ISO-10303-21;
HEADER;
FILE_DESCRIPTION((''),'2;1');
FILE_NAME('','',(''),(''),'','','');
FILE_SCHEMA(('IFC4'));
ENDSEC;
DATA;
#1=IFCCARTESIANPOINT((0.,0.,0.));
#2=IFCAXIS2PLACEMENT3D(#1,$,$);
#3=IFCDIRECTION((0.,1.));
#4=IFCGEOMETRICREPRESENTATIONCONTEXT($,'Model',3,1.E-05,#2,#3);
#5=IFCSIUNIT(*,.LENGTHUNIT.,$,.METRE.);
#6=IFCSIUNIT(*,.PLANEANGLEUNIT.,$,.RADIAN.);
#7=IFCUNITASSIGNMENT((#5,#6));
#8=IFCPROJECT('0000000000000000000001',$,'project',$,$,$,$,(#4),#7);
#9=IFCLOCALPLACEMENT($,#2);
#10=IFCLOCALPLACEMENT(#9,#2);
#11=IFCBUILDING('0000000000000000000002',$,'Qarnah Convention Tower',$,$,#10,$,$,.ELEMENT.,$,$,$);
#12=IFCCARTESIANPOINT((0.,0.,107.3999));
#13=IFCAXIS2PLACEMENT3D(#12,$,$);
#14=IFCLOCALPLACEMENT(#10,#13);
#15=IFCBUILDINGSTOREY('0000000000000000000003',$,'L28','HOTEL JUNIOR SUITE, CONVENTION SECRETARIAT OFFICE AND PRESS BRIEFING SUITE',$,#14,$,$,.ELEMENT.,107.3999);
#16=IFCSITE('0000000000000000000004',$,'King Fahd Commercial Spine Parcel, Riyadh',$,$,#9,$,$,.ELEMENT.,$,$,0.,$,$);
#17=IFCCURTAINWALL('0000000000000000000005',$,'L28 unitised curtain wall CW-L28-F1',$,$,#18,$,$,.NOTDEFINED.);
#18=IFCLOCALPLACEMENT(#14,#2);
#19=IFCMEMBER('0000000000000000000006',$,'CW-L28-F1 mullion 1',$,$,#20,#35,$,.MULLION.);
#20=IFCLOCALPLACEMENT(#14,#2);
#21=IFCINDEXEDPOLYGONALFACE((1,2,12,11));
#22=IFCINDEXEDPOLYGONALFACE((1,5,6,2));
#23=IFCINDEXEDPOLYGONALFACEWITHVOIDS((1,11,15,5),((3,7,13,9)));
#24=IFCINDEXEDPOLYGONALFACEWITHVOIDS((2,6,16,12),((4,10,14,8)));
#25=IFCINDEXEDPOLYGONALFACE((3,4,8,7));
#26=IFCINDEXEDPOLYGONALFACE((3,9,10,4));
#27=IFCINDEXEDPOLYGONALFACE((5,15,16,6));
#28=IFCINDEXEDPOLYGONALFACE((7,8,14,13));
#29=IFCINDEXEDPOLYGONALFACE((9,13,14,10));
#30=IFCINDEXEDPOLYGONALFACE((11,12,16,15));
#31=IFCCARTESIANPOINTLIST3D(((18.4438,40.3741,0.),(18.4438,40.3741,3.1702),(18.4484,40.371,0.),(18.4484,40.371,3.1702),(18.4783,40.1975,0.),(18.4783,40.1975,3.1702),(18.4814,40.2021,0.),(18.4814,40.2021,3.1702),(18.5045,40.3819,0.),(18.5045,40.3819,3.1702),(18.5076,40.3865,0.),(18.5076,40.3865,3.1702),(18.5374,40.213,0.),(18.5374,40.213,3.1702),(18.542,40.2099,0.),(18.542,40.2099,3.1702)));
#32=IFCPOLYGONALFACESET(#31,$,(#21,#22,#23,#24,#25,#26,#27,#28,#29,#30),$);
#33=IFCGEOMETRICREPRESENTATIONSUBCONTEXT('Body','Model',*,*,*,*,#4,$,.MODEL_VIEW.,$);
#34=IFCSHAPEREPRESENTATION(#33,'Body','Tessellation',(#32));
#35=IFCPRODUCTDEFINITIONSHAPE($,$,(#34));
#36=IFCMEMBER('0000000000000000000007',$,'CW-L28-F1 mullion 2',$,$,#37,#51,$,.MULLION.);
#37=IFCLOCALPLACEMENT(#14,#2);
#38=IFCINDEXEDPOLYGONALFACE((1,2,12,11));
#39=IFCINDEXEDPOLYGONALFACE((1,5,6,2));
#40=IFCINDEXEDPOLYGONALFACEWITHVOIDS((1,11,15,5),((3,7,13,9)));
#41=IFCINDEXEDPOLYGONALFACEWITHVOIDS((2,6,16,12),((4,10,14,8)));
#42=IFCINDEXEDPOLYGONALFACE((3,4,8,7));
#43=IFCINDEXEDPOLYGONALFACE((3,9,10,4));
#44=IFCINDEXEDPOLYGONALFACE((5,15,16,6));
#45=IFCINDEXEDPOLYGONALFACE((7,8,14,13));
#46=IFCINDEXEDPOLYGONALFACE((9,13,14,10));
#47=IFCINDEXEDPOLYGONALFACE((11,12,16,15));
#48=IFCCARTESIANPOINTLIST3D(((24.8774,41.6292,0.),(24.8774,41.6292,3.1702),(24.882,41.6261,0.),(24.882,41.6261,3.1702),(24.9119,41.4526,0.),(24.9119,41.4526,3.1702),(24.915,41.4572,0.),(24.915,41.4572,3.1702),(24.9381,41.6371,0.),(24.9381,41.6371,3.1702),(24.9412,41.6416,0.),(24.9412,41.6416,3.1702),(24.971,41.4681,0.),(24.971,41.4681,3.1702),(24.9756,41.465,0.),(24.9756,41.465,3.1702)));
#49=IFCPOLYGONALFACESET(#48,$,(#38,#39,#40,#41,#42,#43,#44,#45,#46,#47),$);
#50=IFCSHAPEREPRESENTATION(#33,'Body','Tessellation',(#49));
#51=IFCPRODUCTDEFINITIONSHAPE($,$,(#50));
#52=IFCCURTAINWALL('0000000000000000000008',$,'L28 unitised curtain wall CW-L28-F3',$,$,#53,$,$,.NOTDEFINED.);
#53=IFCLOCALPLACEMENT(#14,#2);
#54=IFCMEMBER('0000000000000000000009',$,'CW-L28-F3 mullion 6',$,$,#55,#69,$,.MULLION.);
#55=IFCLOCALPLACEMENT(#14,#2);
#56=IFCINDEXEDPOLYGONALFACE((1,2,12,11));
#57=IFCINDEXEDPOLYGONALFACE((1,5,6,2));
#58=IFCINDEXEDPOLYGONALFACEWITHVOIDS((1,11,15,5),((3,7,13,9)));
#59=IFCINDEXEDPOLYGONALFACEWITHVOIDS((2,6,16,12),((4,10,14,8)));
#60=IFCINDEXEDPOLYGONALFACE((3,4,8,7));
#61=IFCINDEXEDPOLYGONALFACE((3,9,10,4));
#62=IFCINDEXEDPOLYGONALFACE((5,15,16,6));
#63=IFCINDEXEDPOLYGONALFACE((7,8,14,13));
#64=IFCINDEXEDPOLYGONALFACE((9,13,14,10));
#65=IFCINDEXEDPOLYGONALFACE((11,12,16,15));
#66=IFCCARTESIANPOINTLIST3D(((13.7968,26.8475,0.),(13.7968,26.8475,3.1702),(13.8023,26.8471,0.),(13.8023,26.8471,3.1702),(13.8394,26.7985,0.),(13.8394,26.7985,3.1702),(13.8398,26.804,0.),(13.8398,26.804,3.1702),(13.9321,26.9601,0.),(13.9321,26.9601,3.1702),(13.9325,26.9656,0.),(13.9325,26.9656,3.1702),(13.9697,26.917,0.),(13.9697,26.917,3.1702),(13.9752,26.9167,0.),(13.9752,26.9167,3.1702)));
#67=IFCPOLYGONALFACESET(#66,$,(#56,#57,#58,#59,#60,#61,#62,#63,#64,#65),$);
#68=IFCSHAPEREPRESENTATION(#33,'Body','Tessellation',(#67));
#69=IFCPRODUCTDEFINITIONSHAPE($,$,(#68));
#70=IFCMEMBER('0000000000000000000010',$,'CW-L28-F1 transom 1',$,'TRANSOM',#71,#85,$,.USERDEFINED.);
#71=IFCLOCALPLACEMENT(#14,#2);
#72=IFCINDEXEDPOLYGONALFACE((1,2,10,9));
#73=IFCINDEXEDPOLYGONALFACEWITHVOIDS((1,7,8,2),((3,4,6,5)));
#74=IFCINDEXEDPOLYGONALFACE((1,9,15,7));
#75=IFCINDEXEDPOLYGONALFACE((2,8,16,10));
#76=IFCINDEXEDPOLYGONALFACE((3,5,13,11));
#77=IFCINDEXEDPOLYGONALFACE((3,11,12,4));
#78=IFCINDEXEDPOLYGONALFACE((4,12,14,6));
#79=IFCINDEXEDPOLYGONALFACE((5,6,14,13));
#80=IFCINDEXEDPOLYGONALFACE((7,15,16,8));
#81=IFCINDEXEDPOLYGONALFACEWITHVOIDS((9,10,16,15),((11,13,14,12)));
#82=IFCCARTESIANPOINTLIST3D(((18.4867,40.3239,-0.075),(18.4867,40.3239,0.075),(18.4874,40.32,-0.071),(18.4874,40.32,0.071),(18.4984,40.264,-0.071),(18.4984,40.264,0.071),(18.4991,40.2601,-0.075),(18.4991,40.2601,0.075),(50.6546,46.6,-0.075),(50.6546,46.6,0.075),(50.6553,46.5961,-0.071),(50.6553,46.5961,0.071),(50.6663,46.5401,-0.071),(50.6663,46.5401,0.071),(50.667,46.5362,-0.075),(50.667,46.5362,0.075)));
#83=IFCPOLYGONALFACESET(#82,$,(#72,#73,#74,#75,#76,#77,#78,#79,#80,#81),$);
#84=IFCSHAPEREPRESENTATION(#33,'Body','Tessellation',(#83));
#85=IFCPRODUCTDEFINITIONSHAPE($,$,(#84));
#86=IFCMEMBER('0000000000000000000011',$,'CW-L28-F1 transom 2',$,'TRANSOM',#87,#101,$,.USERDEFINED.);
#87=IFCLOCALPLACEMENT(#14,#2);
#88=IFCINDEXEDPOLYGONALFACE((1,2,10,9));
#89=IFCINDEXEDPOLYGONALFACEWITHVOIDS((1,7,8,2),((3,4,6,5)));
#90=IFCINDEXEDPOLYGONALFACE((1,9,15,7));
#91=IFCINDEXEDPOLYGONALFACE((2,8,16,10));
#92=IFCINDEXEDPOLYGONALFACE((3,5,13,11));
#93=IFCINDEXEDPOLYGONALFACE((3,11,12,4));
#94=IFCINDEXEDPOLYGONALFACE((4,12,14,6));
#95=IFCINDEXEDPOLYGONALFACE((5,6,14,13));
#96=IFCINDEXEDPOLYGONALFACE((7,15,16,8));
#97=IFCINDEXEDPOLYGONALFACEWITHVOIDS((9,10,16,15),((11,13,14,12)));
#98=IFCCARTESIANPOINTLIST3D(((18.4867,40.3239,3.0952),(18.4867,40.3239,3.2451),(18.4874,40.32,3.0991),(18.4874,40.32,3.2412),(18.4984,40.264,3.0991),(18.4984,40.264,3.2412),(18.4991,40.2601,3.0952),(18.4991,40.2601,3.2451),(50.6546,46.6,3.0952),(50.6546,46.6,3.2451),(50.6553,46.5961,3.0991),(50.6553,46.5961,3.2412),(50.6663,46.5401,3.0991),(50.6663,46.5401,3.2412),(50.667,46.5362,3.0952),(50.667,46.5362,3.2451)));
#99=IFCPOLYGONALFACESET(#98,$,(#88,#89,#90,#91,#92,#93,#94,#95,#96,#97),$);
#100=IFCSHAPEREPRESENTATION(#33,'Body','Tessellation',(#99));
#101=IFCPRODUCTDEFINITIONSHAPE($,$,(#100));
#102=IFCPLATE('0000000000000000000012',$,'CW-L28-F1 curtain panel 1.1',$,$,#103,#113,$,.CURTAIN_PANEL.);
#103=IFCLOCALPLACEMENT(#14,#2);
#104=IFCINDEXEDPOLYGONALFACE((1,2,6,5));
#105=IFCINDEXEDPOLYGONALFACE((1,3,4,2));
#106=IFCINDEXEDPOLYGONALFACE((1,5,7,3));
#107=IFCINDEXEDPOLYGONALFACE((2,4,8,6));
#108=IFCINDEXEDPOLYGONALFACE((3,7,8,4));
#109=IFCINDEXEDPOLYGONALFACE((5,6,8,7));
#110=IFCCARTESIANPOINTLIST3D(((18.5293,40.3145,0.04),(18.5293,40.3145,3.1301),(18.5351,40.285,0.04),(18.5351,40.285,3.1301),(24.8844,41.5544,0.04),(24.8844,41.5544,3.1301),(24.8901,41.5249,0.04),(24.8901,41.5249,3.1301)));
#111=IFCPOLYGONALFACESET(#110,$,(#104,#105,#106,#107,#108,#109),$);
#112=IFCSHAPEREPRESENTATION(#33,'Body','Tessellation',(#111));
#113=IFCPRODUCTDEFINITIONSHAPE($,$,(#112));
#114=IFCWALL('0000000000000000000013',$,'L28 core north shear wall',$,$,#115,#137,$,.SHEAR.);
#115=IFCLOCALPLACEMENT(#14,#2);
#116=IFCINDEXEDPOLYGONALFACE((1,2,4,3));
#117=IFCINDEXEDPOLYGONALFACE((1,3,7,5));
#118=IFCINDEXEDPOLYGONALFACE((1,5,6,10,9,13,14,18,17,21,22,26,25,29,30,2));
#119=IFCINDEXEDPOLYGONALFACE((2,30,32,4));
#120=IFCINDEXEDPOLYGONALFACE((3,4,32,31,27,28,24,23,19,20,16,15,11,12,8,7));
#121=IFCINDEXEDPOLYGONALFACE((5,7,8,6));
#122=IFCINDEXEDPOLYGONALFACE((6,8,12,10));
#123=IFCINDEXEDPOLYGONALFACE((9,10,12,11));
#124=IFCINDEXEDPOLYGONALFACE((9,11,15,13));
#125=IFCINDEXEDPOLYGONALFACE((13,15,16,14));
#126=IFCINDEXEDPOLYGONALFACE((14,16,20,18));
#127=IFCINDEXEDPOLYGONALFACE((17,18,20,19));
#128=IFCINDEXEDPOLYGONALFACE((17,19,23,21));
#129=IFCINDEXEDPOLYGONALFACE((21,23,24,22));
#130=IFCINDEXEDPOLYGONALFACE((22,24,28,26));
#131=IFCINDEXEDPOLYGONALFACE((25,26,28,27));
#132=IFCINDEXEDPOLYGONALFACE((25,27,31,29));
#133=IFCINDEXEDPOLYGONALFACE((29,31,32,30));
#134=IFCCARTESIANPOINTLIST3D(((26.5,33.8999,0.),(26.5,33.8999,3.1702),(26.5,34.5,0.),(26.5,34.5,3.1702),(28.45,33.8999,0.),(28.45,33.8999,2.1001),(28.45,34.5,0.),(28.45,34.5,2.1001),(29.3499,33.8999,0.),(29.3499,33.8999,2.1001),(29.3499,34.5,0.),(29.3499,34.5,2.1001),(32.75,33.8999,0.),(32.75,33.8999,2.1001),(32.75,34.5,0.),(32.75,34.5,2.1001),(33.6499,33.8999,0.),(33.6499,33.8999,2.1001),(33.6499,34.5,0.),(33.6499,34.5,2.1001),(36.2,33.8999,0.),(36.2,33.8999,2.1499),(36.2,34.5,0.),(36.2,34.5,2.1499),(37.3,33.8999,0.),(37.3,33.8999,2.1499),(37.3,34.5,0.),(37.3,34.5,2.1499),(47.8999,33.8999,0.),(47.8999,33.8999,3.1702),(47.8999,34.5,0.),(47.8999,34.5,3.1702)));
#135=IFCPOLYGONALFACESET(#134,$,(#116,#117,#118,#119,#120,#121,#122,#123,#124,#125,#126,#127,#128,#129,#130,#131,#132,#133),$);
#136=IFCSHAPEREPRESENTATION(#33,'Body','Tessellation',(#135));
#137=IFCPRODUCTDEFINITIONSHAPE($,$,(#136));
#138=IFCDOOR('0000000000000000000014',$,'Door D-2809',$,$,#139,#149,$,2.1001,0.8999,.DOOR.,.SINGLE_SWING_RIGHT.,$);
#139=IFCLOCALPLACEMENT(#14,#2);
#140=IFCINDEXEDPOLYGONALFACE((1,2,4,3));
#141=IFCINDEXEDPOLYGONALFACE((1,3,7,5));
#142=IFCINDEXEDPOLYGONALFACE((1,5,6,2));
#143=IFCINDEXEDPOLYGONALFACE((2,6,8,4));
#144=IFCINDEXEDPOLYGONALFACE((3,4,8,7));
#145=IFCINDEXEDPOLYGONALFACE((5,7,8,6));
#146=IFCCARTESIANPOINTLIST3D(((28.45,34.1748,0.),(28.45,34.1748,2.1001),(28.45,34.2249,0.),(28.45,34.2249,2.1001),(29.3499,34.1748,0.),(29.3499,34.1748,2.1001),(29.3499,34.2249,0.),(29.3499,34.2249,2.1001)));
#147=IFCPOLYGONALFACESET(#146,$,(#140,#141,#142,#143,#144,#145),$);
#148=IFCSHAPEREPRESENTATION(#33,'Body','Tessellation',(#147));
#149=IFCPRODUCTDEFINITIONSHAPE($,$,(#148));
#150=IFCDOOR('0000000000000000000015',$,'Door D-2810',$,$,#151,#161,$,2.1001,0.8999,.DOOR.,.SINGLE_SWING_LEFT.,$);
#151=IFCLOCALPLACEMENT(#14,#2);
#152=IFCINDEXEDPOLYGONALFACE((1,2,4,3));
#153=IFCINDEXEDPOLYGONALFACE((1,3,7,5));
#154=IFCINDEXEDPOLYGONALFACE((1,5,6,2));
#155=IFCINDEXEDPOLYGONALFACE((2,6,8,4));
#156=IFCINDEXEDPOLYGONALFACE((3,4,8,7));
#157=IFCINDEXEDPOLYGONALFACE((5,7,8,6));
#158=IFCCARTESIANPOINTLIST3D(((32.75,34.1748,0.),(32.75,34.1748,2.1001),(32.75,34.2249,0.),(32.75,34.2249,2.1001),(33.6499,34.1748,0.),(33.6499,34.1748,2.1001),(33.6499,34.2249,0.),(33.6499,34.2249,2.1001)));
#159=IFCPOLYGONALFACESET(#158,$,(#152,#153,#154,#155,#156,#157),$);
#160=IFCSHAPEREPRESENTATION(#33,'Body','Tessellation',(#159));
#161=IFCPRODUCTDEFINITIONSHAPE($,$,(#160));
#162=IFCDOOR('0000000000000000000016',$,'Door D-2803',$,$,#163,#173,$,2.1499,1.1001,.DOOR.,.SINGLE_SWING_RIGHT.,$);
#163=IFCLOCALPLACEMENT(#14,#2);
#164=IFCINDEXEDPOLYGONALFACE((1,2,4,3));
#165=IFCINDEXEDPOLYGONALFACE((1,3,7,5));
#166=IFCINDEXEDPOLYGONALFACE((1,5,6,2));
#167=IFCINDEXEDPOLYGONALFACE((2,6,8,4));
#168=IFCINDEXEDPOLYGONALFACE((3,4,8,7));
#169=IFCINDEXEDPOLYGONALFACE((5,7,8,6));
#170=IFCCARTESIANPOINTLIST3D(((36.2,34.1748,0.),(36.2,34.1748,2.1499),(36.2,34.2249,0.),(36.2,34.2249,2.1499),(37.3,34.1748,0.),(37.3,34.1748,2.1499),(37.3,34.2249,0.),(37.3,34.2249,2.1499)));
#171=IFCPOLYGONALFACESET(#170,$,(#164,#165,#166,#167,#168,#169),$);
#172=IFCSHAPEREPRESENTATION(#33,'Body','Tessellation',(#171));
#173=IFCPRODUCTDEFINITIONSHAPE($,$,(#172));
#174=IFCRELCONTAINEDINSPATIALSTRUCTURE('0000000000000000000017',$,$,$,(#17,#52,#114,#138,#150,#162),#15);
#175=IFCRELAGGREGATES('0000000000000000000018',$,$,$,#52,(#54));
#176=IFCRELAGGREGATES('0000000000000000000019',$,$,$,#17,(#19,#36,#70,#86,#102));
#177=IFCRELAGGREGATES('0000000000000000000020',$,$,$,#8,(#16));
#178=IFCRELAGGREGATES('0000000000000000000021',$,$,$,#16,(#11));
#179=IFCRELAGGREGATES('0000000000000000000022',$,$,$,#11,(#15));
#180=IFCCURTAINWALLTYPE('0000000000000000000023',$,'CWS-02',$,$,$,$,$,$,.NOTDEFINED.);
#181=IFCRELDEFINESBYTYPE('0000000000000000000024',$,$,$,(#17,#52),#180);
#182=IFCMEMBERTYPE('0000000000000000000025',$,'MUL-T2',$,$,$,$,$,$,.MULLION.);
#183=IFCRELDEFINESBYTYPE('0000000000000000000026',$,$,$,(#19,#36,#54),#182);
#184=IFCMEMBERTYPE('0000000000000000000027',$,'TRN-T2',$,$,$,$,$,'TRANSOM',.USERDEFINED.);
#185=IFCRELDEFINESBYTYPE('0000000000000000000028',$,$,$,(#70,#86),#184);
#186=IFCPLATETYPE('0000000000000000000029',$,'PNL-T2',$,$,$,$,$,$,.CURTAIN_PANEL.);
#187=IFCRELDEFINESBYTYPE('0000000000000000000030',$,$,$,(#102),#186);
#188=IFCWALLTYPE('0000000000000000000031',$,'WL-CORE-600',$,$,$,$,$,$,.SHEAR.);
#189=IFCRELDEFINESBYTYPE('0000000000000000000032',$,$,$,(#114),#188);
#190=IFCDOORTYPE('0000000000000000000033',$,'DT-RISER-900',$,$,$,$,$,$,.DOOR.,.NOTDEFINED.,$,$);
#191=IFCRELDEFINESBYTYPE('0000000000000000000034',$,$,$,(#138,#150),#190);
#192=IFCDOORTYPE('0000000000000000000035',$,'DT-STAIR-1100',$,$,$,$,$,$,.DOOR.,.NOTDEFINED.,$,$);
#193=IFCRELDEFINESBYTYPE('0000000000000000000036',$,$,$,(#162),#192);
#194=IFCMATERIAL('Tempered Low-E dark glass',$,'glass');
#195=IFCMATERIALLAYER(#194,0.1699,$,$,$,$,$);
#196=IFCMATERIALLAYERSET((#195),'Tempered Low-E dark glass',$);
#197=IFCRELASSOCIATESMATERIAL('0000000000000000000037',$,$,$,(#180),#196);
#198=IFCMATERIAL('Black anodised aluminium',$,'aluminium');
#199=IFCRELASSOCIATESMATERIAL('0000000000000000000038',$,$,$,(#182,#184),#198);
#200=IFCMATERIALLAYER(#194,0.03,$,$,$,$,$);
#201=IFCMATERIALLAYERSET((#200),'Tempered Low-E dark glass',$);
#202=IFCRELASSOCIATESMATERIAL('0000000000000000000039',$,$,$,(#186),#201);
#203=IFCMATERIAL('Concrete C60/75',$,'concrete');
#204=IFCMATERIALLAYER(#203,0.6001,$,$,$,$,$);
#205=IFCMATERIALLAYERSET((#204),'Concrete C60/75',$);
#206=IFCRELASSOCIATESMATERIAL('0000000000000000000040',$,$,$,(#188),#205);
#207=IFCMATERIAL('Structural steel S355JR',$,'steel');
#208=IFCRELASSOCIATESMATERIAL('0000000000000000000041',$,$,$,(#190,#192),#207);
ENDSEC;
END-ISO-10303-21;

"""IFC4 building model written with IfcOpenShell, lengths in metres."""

from ifc_helpers import new_model, si_unit, direction, frame, frame_2d, origin, origin_2d, place, context, subcontext, project, spatial, rectangle, hollow_rectangle, extrude, material, layer, layer_set, material_profile, profile_set, type_object, element, fill, aggregate, save


model = new_model("IFC4")

# Units and contexts
model_context = context("Model", 3, precision=1e-05, world=origin(), true_north=direction((0.0, 1.0)))
body_context = subcontext(model_context, "Body", "Model", "MODEL_VIEW")
ifc_project = project(units=[si_unit("LENGTHUNIT", "METRE"), si_unit("PLANEANGLEUNIT", "RADIAN")], contexts=[model_context])

# Site, building, storey
site_placement = place(None, origin())
site = spatial("IfcSite", under=ifc_project, at=site_placement, Name="King Fahd Commercial Spine Parcel, Riyadh", CompositionType="ELEMENT", RefElevation=0.0)
building_placement = place(site_placement, origin())
building = spatial("IfcBuilding", under=site, at=building_placement, Name="Qarnah Convention Tower", CompositionType="ELEMENT")
storey_placement = place(building_placement, frame((0.0, 0.0, 107.3999)))
storey = spatial("IfcBuildingStorey", under=building, at=storey_placement, Name="L28", Description="HOTEL JUNIOR SUITE, CONVENTION SECRETARIAT OFFICE AND PRESS BRIEFING SUITE", CompositionType="ELEMENT", Elevation=107.3999)

# Shared definitions
ifc_material_1 = material(Name="Concrete C60/75", Category="concrete")

# Shared definitions
ifc_material_2 = material(Name="Structural steel S355JR", Category="steel")

# Curtain wall, members
ifc_material_3 = material(Name="Tempered Low-E dark glass", Category="glass")
ifc_layer_1 = layer(ifc_material_3, 0.1699)
ifc_layer_set_1 = layer_set([ifc_layer_1], Name="Tempered Low-E dark glass")
curtain_wall_type = type_object("IfcCurtainWallType", Name="CWS-02", PredefinedType="NOTDEFINED", material=ifc_layer_set_1)
curtain_wall_1_placement = place(storey_placement, origin())
curtain_wall_1 = element("IfcCurtainWall", 1, at=curtain_wall_1_placement, inside=storey, type_object=curtain_wall_type, Name="L28 unitised curtain wall CW-L28-F1", PredefinedType="NOTDEFINED")
ifc_material_4 = material(Name="Black anodised aluminium", Category="aluminium")
ifc_material_profile_1 = material_profile(ifc_material_4, hollow_rectangle(XDim=0.0649, YDim=0.1799, WallThickness=0.0039, at=origin_2d()), Name="MUL-65X180")
ifc_profile_set_1 = profile_set([ifc_material_profile_1], Name="Black anodised aluminium")
member_type_1 = type_object("IfcMemberType", Name="MUL-T2", PredefinedType="MULLION", material=ifc_profile_set_1)
member_1_placement = place(storey_placement, frame((18.4929, 40.292, 0.0), z_axis=(0.0, 0.0, 1.0), x_axis=(0.981495, 0.19149, 0.0)))
member_1 = element("IfcMember", 2, at=member_1_placement, type_object=member_type_1, Name="CW-L28-F1 mullion 1", PredefinedType="MULLION", context=body_context, shape_type="SweptSolid", body=[
    extrude(hollow_rectangle(XDim=0.0649, YDim=0.1799, WallThickness=0.0039, at=origin_2d()), origin(), (0.0, 0.0, 1.0), 3.1702),
])
member_2_placement = place(storey_placement, frame((24.9265, 41.5471, 0.0), z_axis=(0.0, 0.0, 1.0), x_axis=(0.981495, 0.19149, 0.0)))
member_2 = element("IfcMember", 3, at=member_2_placement, type_object=member_type_1, Name="CW-L28-F1 mullion 2", PredefinedType="MULLION", context=body_context, shape_type="SweptSolid", body=[
    extrude(hollow_rectangle(XDim=0.0649, YDim=0.1799, WallThickness=0.0039, at=origin_2d()), origin(), (0.0, 0.0, 1.0), 3.1702),
])

# Curtain wall, member
curtain_wall_2_placement = place(storey_placement, origin())
curtain_wall_2 = element("IfcCurtainWall", 4, at=curtain_wall_2_placement, inside=storey, type_object=curtain_wall_type, Name="L28 unitised curtain wall CW-L28-F3", PredefinedType="NOTDEFINED")
member_3_placement = place(storey_placement, frame((13.886, 26.8821, 0.0), z_axis=(0.0, 0.0, 1.0), x_axis=(-0.656584, 0.754253, 0.0)))
member_3 = element("IfcMember", 5, at=member_3_placement, type_object=member_type_1, Name="CW-L28-F3 mullion 6", PredefinedType="MULLION", context=body_context, shape_type="SweptSolid", body=[
    extrude(hollow_rectangle(XDim=0.0649, YDim=0.1799, WallThickness=0.0039, at=origin_2d()), origin(), (0.0, 0.0, 1.0), 3.1702),
])
aggregate(curtain_wall_2, [member_3])

# Members
ifc_material_profile_2 = material_profile(ifc_material_4, hollow_rectangle(XDim=0.0649, YDim=0.1499, WallThickness=0.0039, at=origin_2d()), Name="TRN-65X150")
ifc_profile_set_2 = profile_set([ifc_material_profile_2], Name="Black anodised aluminium")
member_type_2 = type_object("IfcMemberType", Name="TRN-T2", ElementType="TRANSOM", PredefinedType="USERDEFINED", material=ifc_profile_set_2)
member_4_placement = place(storey_placement, frame((18.4929, 40.292, 0.0), z_axis=(0.981494, 0.191494, 0.0), x_axis=(-0.191494, 0.981494, 0.0)))
member_4 = element("IfcMember", 6, at=member_4_placement, type_object=member_type_2, Name="CW-L28-F1 transom 1", ObjectType="TRANSOM", PredefinedType="USERDEFINED", context=body_context, shape_type="SweptSolid", body=[
    extrude(hollow_rectangle(XDim=0.0649, YDim=0.1499, WallThickness=0.0039, at=origin_2d()), origin(), (0.0, 0.0, 1.0), 32.7744),
])
member_5_placement = place(storey_placement, frame((18.4929, 40.292, 3.1702), z_axis=(0.981494, 0.191494, 0.0), x_axis=(-0.191494, 0.981494, 0.0)))
member_5 = element("IfcMember", 7, at=member_5_placement, type_object=member_type_2, Name="CW-L28-F1 transom 2", ObjectType="TRANSOM", PredefinedType="USERDEFINED", context=body_context, shape_type="SweptSolid", body=[
    extrude(hollow_rectangle(XDim=0.0649, YDim=0.1499, WallThickness=0.0039, at=origin_2d()), origin(), (0.0, 0.0, 1.0), 32.7744),
])

# Plate
ifc_layer_2 = layer(ifc_material_3, 0.03)
ifc_layer_set_2 = layer_set([ifc_layer_2], Name="Tempered Low-E dark glass")
plate_type = type_object("IfcPlateType", Name="PNL-T2", PredefinedType="CURTAIN_PANEL", material=ifc_layer_set_2)
plate_placement = place(storey_placement, frame((21.7097, 40.9197, 0.04), z_axis=(0.0, 0.0, 1.0), x_axis=(0.981495, 0.19149, 0.0)))
plate = element("IfcPlate", 8, at=plate_placement, type_object=plate_type, Name="CW-L28-F1 curtain panel 1.1", PredefinedType="CURTAIN_PANEL", context=body_context, shape_type="SweptSolid", body=[
    extrude(rectangle(XDim=6.4749, YDim=0.03, at=origin_2d()), origin(), (0.0, 0.0, 1.0), 3.0901),
])
aggregate(curtain_wall_1, [member_1, member_2, member_4, member_5, plate])

# Wall, openings, doors
ifc_layer_3 = layer(ifc_material_1, 0.6001)
ifc_layer_set_3 = layer_set([ifc_layer_3], Name="Concrete C60/75")
wall_type_1 = type_object("IfcWallType", Name="WL-CORE-600", PredefinedType="SHEAR", material=ifc_layer_set_3)
wall_1_placement = place(storey_placement, frame((26.5, 34.2, 0.0), z_axis=(0.0, 0.0, 1.0), x_axis=(1.0, 0.0, 0.0)))
wall_1 = element("IfcWall", 9, at=wall_1_placement, inside=storey, type_object=wall_type_1, Name="L28 core north shear wall", PredefinedType="SHEAR", context=body_context, shape_type="SweptSolid", body=[
    extrude(rectangle(XDim=21.3999, YDim=0.6001, at=frame_2d((10.7, 0.0))), origin(), (0.0, 0.0, 1.0), 3.1702),
])
opening_1_placement = place(wall_1_placement, frame((9.7, 0.0, 0.0)))
opening_1 = element("IfcOpeningElement", 10, at=opening_1_placement, cuts=wall_1, PredefinedType="OPENING", context=body_context, shape_type="SweptSolid", body=[
    extrude(rectangle(XDim=1.1001, YDim=2.1499, at=frame_2d((0.55, 1.075))), frame((0.0, 0.3101, 0.0), z_axis=(0.0, -1.0, 0.0), x_axis=(1.0, 0.0, 0.0)), (0.0, 0.0, 1.0), 0.6201),
])
opening_2_placement = place(wall_1_placement, frame((1.95, 0.0, 0.0)))
opening_2 = element("IfcOpeningElement", 11, at=opening_2_placement, cuts=wall_1, PredefinedType="OPENING", context=body_context, shape_type="SweptSolid", body=[
    extrude(rectangle(XDim=0.8999, YDim=2.1001, at=frame_2d((0.45, 1.05))), frame((0.0, 0.3101, 0.0), z_axis=(0.0, -1.0, 0.0), x_axis=(1.0, 0.0, 0.0)), (0.0, 0.0, 1.0), 0.6201),
])
opening_3_placement = place(wall_1_placement, frame((6.25, 0.0, 0.0)))
opening_3 = element("IfcOpeningElement", 12, at=opening_3_placement, cuts=wall_1, PredefinedType="OPENING", context=body_context, shape_type="SweptSolid", body=[
    extrude(rectangle(XDim=0.8999, YDim=2.1001, at=frame_2d((0.45, 1.05))), frame((0.0, 0.3101, 0.0), z_axis=(0.0, -1.0, 0.0), x_axis=(1.0, 0.0, 0.0)), (0.0, 0.0, 1.0), 0.6201),
])
door_type_1 = type_object("IfcDoorType", Name="DT-RISER-900", OperationType="NOTDEFINED", PredefinedType="DOOR", material=ifc_material_2)
door_1_placement = place(opening_2_placement, origin())
door_1 = element("IfcDoor", 13, at=door_1_placement, inside=storey, type_object=door_type_1, Name="Door D-2809", OperationType="SINGLE_SWING_RIGHT", OverallHeight=2.1001, OverallWidth=0.8999, PredefinedType="DOOR", context=body_context, shape_type="SweptSolid", body=[
    extrude(rectangle(XDim=0.8999, YDim=2.1001, at=frame_2d((0.45, 1.05))), frame((0.0, 0.0249, 0.0), z_axis=(0.0, -1.0, 0.0), x_axis=(1.0, 0.0, 0.0)), (0.0, 0.0, 1.0), 0.05),
])
fill(opening_2, door_1)
door_2_placement = place(opening_3_placement, origin())
door_2 = element("IfcDoor", 14, at=door_2_placement, inside=storey, type_object=door_type_1, Name="Door D-2810", OperationType="SINGLE_SWING_LEFT", OverallHeight=2.1001, OverallWidth=0.8999, PredefinedType="DOOR", context=body_context, shape_type="SweptSolid", body=[
    extrude(rectangle(XDim=0.8999, YDim=2.1001, at=frame_2d((0.45, 1.05))), frame((0.0, 0.0249, 0.0), z_axis=(0.0, -1.0, 0.0), x_axis=(1.0, 0.0, 0.0)), (0.0, 0.0, 1.0), 0.05),
])
fill(opening_3, door_2)
door_type_2 = type_object("IfcDoorType", Name="DT-STAIR-1100", OperationType="NOTDEFINED", PredefinedType="DOOR", material=ifc_material_2)
door_3_placement = place(opening_1_placement, origin())
door_3 = element("IfcDoor", 15, at=door_3_placement, inside=storey, type_object=door_type_2, Name="Door D-2803", OperationType="SINGLE_SWING_RIGHT", OverallHeight=2.1499, OverallWidth=1.1001, PredefinedType="DOOR", context=body_context, shape_type="SweptSolid", body=[
    extrude(rectangle(XDim=1.1001, YDim=2.1499, at=frame_2d((0.55, 1.075))), frame((0.0, 0.0249, 0.0), z_axis=(0.0, -1.0, 0.0), x_axis=(1.0, 0.0, 0.0)), (0.0, 0.0, 1.0), 0.05),
])
fill(opening_1, door_3)

save(model, "model.ifc")
